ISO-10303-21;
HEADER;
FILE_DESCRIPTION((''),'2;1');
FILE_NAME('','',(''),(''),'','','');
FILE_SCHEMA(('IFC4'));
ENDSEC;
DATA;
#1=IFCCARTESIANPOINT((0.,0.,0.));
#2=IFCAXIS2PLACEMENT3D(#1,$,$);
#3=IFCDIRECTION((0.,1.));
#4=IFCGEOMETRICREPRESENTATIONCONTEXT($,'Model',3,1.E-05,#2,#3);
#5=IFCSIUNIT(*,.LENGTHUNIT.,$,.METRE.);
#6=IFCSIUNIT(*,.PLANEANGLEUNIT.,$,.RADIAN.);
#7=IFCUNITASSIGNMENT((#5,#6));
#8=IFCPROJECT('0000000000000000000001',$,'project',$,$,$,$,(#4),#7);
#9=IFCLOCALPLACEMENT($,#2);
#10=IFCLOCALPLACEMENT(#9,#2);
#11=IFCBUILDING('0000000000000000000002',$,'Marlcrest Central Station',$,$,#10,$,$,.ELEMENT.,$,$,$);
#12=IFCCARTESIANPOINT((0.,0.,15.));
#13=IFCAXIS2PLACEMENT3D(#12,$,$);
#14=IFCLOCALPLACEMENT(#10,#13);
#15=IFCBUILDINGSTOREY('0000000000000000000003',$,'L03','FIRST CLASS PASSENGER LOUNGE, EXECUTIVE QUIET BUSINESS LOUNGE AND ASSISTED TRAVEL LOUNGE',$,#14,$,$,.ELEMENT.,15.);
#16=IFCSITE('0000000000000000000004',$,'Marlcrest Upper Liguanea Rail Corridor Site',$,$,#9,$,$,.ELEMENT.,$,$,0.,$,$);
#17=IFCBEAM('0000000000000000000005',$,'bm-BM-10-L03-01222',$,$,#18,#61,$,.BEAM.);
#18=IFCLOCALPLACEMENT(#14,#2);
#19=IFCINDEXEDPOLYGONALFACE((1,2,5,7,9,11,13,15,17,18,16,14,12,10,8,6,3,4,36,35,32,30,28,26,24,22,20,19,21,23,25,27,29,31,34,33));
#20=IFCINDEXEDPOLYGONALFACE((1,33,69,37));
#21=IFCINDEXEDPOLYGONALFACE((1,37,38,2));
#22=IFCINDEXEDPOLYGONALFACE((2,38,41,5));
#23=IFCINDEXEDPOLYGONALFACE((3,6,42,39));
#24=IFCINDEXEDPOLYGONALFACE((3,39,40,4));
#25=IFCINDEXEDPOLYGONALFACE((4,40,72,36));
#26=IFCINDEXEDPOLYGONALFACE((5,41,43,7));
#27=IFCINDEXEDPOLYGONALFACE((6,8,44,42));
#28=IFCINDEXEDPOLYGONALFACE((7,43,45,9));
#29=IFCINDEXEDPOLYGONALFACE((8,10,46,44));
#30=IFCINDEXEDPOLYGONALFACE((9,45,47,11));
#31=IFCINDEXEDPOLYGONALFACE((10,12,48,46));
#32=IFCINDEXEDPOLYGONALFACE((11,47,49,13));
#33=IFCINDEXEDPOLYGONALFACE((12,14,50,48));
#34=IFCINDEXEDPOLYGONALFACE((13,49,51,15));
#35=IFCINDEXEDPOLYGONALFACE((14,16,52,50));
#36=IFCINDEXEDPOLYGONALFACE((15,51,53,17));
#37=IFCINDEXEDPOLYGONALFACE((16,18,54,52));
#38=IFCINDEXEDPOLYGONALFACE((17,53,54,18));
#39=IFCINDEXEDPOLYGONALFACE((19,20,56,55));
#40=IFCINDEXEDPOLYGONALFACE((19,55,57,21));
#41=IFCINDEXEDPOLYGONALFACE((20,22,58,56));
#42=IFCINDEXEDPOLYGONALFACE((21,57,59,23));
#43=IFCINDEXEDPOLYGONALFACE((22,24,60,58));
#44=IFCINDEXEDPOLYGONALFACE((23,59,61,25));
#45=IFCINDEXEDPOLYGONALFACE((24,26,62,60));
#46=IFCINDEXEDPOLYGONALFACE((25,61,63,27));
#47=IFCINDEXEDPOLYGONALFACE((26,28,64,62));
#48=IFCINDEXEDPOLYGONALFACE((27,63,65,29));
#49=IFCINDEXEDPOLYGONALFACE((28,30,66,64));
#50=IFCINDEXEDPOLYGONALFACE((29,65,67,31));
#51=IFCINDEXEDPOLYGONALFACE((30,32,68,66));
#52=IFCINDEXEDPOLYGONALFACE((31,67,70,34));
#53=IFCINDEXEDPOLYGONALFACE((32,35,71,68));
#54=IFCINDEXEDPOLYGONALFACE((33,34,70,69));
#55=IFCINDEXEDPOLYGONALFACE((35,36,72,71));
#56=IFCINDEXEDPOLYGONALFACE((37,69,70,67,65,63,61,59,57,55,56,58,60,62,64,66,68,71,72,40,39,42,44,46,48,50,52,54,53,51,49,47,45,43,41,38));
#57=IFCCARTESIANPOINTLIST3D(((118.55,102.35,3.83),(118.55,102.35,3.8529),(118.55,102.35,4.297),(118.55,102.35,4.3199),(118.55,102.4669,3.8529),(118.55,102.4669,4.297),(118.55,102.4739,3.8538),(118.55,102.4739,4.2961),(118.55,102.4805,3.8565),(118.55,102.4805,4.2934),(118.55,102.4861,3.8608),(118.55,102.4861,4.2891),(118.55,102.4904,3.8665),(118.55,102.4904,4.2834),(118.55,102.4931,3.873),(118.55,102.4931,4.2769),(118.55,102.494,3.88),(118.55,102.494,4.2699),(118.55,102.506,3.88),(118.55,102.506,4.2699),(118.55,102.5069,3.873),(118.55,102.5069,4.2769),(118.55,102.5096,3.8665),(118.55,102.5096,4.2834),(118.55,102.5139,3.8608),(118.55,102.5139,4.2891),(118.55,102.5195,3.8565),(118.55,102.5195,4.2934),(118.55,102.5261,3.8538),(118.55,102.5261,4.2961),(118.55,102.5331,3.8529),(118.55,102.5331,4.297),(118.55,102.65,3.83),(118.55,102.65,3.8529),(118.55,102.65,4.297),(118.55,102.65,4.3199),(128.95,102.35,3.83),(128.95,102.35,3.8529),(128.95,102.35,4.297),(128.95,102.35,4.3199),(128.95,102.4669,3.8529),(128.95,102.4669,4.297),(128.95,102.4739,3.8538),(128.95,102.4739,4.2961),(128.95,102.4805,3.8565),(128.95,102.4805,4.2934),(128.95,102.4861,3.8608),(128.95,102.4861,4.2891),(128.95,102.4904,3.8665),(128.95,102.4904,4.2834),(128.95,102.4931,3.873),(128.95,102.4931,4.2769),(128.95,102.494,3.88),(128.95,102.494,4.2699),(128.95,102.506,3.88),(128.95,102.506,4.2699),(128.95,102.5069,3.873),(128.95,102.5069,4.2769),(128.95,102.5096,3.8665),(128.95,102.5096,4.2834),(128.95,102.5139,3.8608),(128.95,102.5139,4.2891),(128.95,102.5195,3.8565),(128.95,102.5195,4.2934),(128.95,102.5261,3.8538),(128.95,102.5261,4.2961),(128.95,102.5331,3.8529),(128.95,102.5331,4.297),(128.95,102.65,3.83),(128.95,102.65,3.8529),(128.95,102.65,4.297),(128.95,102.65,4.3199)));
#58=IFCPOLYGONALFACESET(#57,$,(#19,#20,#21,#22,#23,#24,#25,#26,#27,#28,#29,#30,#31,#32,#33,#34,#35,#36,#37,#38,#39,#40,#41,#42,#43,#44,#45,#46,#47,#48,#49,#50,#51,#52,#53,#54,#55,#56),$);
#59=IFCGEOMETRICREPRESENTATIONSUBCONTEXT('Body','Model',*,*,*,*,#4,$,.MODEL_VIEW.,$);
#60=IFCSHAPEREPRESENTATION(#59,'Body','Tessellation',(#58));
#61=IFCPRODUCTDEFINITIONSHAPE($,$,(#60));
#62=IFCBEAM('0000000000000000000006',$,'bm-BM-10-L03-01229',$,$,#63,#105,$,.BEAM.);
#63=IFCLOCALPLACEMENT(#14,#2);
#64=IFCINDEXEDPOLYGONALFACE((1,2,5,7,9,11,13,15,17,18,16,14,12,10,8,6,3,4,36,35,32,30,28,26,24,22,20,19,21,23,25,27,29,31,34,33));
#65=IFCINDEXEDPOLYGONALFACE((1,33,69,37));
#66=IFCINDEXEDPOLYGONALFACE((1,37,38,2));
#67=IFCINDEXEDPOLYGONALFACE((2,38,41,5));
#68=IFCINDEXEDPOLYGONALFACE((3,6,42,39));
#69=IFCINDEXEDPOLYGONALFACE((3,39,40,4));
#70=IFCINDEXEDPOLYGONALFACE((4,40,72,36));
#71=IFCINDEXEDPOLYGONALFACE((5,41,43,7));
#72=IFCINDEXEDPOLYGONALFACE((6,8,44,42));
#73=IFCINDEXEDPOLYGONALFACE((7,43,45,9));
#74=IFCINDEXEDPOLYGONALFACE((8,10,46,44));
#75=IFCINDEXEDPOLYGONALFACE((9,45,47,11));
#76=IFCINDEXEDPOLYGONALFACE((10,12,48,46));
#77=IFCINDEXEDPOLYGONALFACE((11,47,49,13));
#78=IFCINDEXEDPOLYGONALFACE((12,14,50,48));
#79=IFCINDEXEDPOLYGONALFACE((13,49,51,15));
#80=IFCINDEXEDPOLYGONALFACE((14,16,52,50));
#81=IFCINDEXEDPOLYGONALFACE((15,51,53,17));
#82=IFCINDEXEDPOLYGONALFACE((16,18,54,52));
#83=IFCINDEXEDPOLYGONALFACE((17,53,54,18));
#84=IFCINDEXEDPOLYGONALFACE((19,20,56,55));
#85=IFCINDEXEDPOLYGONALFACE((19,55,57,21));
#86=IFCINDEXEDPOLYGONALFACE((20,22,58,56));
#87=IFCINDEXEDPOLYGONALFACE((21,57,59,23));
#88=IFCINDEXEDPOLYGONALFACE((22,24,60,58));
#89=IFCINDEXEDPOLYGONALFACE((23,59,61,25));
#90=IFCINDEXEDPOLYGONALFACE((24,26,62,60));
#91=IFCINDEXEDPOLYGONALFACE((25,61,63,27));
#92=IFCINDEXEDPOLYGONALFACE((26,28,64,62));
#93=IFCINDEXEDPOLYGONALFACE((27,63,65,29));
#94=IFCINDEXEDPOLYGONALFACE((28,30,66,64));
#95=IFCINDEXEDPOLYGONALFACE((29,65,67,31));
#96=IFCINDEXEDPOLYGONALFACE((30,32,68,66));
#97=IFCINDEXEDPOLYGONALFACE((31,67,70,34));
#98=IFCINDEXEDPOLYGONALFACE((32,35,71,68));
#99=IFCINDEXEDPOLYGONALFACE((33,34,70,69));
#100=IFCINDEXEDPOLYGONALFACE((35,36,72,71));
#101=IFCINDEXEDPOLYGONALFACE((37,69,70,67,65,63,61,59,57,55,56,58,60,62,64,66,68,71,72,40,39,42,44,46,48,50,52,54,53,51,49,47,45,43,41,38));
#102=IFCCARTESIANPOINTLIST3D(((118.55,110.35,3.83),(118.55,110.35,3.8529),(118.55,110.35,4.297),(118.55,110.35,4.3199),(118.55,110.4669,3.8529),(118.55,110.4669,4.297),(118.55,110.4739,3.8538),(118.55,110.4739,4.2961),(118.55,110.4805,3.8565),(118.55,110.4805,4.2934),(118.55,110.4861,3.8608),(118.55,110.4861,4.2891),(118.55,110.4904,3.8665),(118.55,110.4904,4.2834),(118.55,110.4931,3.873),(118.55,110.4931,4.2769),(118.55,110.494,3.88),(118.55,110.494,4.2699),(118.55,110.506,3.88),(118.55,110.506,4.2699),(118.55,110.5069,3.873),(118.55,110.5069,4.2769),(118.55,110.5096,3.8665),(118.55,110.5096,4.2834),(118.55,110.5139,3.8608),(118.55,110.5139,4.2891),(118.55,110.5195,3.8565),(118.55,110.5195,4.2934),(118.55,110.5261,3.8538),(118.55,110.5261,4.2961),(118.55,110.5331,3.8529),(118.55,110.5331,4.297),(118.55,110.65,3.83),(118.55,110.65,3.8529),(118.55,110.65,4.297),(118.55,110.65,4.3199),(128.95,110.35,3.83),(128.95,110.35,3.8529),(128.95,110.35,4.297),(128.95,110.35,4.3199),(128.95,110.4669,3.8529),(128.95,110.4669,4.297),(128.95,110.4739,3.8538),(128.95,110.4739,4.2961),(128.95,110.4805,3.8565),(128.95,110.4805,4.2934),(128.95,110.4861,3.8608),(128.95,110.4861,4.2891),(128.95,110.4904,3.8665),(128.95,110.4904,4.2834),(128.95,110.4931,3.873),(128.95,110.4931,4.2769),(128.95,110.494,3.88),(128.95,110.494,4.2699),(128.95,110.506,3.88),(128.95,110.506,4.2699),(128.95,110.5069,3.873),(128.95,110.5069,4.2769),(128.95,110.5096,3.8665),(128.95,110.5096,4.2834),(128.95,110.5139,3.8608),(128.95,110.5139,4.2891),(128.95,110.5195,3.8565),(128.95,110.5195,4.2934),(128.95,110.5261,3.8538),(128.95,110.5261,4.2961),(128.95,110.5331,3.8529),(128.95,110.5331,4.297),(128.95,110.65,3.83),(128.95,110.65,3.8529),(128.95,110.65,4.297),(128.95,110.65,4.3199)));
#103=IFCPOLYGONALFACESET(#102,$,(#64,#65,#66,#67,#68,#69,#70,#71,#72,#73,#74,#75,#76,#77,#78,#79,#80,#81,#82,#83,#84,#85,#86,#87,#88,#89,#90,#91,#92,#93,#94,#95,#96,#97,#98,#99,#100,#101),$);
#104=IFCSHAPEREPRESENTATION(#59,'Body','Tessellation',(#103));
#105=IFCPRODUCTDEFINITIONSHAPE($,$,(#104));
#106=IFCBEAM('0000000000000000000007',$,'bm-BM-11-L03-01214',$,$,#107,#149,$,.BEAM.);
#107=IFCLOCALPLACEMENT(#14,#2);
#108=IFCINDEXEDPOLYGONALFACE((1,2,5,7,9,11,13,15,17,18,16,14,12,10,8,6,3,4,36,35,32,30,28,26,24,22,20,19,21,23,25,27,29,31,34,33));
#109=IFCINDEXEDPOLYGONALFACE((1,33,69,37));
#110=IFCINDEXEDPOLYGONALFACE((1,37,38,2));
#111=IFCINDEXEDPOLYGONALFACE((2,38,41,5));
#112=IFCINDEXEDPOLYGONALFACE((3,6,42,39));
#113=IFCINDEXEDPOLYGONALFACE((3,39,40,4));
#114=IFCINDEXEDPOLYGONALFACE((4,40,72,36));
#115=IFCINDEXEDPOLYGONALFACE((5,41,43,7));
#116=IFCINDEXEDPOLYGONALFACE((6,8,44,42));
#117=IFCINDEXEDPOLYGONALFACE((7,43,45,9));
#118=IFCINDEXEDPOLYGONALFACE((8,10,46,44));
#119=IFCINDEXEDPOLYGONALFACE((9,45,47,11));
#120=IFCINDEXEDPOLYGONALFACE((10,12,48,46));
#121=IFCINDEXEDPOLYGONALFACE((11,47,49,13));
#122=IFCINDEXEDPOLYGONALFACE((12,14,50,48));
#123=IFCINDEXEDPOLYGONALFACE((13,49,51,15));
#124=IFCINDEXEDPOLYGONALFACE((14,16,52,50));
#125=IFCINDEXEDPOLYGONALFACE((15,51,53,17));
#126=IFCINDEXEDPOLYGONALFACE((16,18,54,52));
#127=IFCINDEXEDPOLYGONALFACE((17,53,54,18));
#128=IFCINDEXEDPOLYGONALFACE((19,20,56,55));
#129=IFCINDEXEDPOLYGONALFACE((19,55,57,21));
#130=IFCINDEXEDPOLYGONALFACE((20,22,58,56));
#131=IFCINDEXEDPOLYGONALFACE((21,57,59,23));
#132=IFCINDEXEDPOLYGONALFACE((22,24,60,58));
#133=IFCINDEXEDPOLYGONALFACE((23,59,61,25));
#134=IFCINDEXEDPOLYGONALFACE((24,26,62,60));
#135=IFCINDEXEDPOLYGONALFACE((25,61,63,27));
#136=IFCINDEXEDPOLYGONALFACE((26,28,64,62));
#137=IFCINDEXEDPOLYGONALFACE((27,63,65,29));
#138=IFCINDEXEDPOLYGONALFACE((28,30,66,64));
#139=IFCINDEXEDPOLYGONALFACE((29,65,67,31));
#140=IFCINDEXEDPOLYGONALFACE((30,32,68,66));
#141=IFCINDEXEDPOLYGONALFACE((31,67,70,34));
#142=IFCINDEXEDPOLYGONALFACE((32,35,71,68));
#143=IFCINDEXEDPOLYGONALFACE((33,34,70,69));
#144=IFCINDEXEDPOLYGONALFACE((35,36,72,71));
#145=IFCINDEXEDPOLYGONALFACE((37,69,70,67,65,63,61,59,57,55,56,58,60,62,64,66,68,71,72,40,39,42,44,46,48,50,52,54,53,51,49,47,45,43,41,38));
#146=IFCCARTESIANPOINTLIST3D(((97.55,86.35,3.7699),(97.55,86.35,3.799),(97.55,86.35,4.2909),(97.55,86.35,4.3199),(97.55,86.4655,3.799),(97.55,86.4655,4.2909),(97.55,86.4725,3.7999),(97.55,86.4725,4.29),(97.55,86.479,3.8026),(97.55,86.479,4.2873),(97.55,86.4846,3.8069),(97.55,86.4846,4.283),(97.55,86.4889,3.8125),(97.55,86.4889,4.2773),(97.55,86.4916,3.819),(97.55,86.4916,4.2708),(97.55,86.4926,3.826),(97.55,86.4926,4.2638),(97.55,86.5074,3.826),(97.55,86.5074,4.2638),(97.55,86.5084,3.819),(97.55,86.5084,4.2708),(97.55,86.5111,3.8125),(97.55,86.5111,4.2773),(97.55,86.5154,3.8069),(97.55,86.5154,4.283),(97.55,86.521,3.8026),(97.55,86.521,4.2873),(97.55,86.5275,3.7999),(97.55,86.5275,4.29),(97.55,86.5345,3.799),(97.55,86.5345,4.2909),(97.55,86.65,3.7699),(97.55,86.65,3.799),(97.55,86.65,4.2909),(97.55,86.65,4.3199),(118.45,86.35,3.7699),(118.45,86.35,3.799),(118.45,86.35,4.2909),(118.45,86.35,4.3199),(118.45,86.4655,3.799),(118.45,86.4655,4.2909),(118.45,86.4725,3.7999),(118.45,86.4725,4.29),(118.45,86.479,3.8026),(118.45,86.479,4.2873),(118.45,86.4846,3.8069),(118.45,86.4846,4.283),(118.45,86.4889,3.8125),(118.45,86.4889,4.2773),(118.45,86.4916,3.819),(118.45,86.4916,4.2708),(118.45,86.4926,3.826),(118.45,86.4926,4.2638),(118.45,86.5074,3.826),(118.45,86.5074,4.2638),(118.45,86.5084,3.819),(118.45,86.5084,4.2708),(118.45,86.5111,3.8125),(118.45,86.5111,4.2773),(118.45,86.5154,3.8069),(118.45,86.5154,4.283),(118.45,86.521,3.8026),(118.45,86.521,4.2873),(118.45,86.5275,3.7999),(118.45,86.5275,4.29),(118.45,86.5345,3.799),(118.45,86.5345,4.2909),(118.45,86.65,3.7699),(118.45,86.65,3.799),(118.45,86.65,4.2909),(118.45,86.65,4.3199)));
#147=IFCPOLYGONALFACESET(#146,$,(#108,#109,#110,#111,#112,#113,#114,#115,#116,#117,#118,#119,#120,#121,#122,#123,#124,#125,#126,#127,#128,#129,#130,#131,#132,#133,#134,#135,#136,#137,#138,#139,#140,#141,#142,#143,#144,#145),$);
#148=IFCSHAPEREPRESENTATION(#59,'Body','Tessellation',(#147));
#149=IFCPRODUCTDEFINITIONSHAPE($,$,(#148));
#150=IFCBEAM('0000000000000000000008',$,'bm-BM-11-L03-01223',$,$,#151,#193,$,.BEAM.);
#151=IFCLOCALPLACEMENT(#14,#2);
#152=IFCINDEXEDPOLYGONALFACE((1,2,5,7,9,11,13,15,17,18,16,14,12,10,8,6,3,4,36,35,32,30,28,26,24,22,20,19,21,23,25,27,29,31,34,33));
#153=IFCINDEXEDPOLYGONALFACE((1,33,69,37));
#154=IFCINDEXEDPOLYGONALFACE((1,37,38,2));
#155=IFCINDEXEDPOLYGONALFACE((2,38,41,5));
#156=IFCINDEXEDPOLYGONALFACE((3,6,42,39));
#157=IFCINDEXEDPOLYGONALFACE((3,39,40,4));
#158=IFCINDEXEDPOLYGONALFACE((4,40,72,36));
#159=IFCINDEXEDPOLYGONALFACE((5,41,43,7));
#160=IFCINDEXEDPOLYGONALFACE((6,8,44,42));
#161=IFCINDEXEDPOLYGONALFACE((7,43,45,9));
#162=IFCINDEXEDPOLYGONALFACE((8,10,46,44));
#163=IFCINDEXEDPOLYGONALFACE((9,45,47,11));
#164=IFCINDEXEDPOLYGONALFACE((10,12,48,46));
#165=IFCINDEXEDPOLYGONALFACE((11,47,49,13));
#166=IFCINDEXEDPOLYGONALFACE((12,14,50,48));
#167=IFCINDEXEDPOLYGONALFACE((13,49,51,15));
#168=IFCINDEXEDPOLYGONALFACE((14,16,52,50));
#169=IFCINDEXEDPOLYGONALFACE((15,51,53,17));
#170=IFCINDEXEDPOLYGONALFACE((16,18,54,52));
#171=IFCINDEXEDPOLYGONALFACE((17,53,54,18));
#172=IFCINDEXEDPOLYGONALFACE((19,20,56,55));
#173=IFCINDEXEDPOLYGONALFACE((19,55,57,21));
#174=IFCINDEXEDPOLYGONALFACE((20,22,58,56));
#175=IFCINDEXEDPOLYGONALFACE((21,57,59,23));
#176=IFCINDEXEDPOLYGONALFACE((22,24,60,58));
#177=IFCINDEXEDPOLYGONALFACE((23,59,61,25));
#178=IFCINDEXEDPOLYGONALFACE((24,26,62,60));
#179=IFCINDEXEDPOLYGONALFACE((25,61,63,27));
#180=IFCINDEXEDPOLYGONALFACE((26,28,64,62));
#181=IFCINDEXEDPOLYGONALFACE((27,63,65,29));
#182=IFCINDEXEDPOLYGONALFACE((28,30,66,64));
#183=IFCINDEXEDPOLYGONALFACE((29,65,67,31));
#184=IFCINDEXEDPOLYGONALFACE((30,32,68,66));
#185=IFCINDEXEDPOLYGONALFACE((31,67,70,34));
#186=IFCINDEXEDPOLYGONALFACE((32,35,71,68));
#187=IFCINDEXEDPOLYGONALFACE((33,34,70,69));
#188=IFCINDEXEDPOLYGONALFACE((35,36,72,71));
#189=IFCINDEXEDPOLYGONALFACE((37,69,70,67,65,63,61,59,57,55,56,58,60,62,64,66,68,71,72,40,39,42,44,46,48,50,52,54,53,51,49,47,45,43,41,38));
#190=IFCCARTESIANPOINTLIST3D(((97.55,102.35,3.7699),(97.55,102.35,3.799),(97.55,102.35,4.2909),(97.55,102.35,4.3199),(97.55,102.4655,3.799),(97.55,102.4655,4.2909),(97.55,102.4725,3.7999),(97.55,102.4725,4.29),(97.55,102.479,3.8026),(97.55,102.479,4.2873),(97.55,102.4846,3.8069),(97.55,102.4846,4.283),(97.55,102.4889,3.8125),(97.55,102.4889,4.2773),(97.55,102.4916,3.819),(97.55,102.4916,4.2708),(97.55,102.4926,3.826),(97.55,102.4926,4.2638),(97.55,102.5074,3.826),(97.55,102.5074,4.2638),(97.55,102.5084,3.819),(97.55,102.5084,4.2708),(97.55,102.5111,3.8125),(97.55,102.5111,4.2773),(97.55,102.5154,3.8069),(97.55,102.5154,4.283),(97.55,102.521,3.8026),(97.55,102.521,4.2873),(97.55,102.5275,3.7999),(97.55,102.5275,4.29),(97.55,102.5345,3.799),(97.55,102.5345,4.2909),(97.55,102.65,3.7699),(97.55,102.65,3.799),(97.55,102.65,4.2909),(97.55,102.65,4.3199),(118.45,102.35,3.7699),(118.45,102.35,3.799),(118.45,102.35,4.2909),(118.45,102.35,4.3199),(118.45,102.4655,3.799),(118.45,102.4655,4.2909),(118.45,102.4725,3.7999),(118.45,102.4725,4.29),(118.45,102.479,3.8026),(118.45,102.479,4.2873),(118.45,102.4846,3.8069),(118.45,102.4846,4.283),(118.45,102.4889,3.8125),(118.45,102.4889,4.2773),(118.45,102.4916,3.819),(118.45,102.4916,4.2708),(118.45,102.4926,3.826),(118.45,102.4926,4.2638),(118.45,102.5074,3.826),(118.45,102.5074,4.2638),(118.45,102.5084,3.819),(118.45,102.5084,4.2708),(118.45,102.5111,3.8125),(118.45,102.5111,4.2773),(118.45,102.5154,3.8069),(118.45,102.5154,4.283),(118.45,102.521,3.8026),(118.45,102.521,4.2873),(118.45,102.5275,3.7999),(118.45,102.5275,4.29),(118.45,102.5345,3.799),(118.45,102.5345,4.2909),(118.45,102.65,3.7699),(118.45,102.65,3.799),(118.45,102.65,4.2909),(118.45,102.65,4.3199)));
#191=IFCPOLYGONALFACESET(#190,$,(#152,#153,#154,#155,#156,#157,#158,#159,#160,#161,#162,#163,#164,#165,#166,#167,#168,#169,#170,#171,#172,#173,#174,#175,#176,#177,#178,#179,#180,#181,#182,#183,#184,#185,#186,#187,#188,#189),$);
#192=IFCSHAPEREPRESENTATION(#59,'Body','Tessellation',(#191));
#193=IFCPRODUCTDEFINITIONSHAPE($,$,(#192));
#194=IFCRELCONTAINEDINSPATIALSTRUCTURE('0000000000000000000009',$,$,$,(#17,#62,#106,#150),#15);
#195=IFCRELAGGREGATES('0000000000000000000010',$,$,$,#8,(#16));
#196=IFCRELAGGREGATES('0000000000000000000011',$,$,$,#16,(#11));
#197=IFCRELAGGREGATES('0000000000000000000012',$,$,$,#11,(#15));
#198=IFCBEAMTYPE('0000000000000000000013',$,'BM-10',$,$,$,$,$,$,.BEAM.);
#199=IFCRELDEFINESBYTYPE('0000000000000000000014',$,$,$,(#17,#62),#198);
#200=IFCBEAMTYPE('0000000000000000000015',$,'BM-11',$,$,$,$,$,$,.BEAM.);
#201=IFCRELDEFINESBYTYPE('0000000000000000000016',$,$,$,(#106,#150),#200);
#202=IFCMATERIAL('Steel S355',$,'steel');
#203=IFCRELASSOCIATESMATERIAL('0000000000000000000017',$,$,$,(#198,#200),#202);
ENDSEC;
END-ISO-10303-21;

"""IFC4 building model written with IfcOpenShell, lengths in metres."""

from ifc_helpers import new_model, si_unit, direction, frame, origin, origin_2d, place, context, subcontext, project, spatial, i_section, extrude, material, material_profile, profile_set, type_object, element, save


model = new_model("IFC4")

# Units and contexts
model_context = context("Model", 3, precision=1e-05, world=origin(), true_north=direction((0.0, 1.0)))
body_context = subcontext(model_context, "Body", "Model", "MODEL_VIEW")
ifc_project = project(units=[si_unit("LENGTHUNIT", "METRE"), si_unit("PLANEANGLEUNIT", "RADIAN")], contexts=[model_context])

# Site, building, storey
site_placement = place(None, origin())
site = spatial("IfcSite", under=ifc_project, at=site_placement, Name="Marlcrest Upper Liguanea Rail Corridor Site", CompositionType="ELEMENT", RefElevation=0.0)
building_placement = place(site_placement, origin())
building = spatial("IfcBuilding", under=site, at=building_placement, Name="Marlcrest Central Station", CompositionType="ELEMENT")
storey_placement = place(building_placement, frame((0.0, 0.0, 15.0)))
storey = spatial("IfcBuildingStorey", under=building, at=storey_placement, Name="L03", Description="FIRST CLASS PASSENGER LOUNGE, EXECUTIVE QUIET BUSINESS LOUNGE AND ASSISTED TRAVEL LOUNGE", CompositionType="ELEMENT", Elevation=15.0)

# Shared definitions
ifc_material_1 = material(Name="Steel S355", Category="steel")

# Beams
ifc_material_profile_1 = material_profile(ifc_material_1, i_section(OverallWidth=0.3, OverallDepth=0.49, WebThickness=0.012, FlangeThickness=0.0229, FilletRadius=0.0271, at=origin_2d()), Name="HEA 500")
ifc_profile_set_1 = profile_set([ifc_material_profile_1], Name="Steel S355")
beam_type_1 = type_object("IfcBeamType", Name="BM-10", PredefinedType="BEAM", material=ifc_profile_set_1)
for number, where, z_axis, x_axis, name in (
    (1, (118.55, 102.5, 4.075), (1.0, 0.0, 0.0), (0.0, 1.0, 0.0), "bm-BM-10-L03-01222"),
    (2, (118.55, 110.5, 4.075), (1.0, 0.0, 0.0), (0.0, 1.0, 0.0), "bm-BM-10-L03-01229"),
):
    element("IfcBeam", number, at=place(storey_placement, frame(where, z_axis=z_axis, x_axis=x_axis)), inside=storey, type_object=beam_type_1, Name=name, PredefinedType="BEAM", context=body_context, shape_type="SweptSolid", body=[
        extrude(i_section(OverallWidth=0.3, OverallDepth=0.49, WebThickness=0.012, FlangeThickness=0.0229, FilletRadius=0.0271, at=origin_2d()), origin(), (0.0, 0.0, 1.0), 10.3999),
    ])
ifc_material_profile_2 = material_profile(ifc_material_1, i_section(OverallWidth=0.3, OverallDepth=0.55, WebThickness=0.0149, FlangeThickness=0.0291, FilletRadius=0.0271, at=origin_2d()), Name="HEB 550")
ifc_profile_set_2 = profile_set([ifc_material_profile_2], Name="Steel S355")
beam_type_2 = type_object("IfcBeamType", Name="BM-11", PredefinedType="BEAM", material=ifc_profile_set_2)
for number, where, z_axis, x_axis, name in (
    (3, (97.55, 86.5, 4.0449), (1.0, 0.0, 0.0), (0.0, 1.0, 0.0), "bm-BM-11-L03-01214"),
    (4, (97.55, 102.5, 4.0449), (1.0, 0.0, 0.0), (0.0, 1.0, 0.0), "bm-BM-11-L03-01223"),
):
    element("IfcBeam", number, at=place(storey_placement, frame(where, z_axis=z_axis, x_axis=x_axis)), inside=storey, type_object=beam_type_2, Name=name, PredefinedType="BEAM", context=body_context, shape_type="SweptSolid", body=[
        extrude(i_section(OverallWidth=0.3, OverallDepth=0.55, WebThickness=0.0149, FlangeThickness=0.0291, FilletRadius=0.0271, at=origin_2d()), origin(), (0.0, 0.0, 1.0), 20.8999),
    ])

save(model, "model.ifc")
